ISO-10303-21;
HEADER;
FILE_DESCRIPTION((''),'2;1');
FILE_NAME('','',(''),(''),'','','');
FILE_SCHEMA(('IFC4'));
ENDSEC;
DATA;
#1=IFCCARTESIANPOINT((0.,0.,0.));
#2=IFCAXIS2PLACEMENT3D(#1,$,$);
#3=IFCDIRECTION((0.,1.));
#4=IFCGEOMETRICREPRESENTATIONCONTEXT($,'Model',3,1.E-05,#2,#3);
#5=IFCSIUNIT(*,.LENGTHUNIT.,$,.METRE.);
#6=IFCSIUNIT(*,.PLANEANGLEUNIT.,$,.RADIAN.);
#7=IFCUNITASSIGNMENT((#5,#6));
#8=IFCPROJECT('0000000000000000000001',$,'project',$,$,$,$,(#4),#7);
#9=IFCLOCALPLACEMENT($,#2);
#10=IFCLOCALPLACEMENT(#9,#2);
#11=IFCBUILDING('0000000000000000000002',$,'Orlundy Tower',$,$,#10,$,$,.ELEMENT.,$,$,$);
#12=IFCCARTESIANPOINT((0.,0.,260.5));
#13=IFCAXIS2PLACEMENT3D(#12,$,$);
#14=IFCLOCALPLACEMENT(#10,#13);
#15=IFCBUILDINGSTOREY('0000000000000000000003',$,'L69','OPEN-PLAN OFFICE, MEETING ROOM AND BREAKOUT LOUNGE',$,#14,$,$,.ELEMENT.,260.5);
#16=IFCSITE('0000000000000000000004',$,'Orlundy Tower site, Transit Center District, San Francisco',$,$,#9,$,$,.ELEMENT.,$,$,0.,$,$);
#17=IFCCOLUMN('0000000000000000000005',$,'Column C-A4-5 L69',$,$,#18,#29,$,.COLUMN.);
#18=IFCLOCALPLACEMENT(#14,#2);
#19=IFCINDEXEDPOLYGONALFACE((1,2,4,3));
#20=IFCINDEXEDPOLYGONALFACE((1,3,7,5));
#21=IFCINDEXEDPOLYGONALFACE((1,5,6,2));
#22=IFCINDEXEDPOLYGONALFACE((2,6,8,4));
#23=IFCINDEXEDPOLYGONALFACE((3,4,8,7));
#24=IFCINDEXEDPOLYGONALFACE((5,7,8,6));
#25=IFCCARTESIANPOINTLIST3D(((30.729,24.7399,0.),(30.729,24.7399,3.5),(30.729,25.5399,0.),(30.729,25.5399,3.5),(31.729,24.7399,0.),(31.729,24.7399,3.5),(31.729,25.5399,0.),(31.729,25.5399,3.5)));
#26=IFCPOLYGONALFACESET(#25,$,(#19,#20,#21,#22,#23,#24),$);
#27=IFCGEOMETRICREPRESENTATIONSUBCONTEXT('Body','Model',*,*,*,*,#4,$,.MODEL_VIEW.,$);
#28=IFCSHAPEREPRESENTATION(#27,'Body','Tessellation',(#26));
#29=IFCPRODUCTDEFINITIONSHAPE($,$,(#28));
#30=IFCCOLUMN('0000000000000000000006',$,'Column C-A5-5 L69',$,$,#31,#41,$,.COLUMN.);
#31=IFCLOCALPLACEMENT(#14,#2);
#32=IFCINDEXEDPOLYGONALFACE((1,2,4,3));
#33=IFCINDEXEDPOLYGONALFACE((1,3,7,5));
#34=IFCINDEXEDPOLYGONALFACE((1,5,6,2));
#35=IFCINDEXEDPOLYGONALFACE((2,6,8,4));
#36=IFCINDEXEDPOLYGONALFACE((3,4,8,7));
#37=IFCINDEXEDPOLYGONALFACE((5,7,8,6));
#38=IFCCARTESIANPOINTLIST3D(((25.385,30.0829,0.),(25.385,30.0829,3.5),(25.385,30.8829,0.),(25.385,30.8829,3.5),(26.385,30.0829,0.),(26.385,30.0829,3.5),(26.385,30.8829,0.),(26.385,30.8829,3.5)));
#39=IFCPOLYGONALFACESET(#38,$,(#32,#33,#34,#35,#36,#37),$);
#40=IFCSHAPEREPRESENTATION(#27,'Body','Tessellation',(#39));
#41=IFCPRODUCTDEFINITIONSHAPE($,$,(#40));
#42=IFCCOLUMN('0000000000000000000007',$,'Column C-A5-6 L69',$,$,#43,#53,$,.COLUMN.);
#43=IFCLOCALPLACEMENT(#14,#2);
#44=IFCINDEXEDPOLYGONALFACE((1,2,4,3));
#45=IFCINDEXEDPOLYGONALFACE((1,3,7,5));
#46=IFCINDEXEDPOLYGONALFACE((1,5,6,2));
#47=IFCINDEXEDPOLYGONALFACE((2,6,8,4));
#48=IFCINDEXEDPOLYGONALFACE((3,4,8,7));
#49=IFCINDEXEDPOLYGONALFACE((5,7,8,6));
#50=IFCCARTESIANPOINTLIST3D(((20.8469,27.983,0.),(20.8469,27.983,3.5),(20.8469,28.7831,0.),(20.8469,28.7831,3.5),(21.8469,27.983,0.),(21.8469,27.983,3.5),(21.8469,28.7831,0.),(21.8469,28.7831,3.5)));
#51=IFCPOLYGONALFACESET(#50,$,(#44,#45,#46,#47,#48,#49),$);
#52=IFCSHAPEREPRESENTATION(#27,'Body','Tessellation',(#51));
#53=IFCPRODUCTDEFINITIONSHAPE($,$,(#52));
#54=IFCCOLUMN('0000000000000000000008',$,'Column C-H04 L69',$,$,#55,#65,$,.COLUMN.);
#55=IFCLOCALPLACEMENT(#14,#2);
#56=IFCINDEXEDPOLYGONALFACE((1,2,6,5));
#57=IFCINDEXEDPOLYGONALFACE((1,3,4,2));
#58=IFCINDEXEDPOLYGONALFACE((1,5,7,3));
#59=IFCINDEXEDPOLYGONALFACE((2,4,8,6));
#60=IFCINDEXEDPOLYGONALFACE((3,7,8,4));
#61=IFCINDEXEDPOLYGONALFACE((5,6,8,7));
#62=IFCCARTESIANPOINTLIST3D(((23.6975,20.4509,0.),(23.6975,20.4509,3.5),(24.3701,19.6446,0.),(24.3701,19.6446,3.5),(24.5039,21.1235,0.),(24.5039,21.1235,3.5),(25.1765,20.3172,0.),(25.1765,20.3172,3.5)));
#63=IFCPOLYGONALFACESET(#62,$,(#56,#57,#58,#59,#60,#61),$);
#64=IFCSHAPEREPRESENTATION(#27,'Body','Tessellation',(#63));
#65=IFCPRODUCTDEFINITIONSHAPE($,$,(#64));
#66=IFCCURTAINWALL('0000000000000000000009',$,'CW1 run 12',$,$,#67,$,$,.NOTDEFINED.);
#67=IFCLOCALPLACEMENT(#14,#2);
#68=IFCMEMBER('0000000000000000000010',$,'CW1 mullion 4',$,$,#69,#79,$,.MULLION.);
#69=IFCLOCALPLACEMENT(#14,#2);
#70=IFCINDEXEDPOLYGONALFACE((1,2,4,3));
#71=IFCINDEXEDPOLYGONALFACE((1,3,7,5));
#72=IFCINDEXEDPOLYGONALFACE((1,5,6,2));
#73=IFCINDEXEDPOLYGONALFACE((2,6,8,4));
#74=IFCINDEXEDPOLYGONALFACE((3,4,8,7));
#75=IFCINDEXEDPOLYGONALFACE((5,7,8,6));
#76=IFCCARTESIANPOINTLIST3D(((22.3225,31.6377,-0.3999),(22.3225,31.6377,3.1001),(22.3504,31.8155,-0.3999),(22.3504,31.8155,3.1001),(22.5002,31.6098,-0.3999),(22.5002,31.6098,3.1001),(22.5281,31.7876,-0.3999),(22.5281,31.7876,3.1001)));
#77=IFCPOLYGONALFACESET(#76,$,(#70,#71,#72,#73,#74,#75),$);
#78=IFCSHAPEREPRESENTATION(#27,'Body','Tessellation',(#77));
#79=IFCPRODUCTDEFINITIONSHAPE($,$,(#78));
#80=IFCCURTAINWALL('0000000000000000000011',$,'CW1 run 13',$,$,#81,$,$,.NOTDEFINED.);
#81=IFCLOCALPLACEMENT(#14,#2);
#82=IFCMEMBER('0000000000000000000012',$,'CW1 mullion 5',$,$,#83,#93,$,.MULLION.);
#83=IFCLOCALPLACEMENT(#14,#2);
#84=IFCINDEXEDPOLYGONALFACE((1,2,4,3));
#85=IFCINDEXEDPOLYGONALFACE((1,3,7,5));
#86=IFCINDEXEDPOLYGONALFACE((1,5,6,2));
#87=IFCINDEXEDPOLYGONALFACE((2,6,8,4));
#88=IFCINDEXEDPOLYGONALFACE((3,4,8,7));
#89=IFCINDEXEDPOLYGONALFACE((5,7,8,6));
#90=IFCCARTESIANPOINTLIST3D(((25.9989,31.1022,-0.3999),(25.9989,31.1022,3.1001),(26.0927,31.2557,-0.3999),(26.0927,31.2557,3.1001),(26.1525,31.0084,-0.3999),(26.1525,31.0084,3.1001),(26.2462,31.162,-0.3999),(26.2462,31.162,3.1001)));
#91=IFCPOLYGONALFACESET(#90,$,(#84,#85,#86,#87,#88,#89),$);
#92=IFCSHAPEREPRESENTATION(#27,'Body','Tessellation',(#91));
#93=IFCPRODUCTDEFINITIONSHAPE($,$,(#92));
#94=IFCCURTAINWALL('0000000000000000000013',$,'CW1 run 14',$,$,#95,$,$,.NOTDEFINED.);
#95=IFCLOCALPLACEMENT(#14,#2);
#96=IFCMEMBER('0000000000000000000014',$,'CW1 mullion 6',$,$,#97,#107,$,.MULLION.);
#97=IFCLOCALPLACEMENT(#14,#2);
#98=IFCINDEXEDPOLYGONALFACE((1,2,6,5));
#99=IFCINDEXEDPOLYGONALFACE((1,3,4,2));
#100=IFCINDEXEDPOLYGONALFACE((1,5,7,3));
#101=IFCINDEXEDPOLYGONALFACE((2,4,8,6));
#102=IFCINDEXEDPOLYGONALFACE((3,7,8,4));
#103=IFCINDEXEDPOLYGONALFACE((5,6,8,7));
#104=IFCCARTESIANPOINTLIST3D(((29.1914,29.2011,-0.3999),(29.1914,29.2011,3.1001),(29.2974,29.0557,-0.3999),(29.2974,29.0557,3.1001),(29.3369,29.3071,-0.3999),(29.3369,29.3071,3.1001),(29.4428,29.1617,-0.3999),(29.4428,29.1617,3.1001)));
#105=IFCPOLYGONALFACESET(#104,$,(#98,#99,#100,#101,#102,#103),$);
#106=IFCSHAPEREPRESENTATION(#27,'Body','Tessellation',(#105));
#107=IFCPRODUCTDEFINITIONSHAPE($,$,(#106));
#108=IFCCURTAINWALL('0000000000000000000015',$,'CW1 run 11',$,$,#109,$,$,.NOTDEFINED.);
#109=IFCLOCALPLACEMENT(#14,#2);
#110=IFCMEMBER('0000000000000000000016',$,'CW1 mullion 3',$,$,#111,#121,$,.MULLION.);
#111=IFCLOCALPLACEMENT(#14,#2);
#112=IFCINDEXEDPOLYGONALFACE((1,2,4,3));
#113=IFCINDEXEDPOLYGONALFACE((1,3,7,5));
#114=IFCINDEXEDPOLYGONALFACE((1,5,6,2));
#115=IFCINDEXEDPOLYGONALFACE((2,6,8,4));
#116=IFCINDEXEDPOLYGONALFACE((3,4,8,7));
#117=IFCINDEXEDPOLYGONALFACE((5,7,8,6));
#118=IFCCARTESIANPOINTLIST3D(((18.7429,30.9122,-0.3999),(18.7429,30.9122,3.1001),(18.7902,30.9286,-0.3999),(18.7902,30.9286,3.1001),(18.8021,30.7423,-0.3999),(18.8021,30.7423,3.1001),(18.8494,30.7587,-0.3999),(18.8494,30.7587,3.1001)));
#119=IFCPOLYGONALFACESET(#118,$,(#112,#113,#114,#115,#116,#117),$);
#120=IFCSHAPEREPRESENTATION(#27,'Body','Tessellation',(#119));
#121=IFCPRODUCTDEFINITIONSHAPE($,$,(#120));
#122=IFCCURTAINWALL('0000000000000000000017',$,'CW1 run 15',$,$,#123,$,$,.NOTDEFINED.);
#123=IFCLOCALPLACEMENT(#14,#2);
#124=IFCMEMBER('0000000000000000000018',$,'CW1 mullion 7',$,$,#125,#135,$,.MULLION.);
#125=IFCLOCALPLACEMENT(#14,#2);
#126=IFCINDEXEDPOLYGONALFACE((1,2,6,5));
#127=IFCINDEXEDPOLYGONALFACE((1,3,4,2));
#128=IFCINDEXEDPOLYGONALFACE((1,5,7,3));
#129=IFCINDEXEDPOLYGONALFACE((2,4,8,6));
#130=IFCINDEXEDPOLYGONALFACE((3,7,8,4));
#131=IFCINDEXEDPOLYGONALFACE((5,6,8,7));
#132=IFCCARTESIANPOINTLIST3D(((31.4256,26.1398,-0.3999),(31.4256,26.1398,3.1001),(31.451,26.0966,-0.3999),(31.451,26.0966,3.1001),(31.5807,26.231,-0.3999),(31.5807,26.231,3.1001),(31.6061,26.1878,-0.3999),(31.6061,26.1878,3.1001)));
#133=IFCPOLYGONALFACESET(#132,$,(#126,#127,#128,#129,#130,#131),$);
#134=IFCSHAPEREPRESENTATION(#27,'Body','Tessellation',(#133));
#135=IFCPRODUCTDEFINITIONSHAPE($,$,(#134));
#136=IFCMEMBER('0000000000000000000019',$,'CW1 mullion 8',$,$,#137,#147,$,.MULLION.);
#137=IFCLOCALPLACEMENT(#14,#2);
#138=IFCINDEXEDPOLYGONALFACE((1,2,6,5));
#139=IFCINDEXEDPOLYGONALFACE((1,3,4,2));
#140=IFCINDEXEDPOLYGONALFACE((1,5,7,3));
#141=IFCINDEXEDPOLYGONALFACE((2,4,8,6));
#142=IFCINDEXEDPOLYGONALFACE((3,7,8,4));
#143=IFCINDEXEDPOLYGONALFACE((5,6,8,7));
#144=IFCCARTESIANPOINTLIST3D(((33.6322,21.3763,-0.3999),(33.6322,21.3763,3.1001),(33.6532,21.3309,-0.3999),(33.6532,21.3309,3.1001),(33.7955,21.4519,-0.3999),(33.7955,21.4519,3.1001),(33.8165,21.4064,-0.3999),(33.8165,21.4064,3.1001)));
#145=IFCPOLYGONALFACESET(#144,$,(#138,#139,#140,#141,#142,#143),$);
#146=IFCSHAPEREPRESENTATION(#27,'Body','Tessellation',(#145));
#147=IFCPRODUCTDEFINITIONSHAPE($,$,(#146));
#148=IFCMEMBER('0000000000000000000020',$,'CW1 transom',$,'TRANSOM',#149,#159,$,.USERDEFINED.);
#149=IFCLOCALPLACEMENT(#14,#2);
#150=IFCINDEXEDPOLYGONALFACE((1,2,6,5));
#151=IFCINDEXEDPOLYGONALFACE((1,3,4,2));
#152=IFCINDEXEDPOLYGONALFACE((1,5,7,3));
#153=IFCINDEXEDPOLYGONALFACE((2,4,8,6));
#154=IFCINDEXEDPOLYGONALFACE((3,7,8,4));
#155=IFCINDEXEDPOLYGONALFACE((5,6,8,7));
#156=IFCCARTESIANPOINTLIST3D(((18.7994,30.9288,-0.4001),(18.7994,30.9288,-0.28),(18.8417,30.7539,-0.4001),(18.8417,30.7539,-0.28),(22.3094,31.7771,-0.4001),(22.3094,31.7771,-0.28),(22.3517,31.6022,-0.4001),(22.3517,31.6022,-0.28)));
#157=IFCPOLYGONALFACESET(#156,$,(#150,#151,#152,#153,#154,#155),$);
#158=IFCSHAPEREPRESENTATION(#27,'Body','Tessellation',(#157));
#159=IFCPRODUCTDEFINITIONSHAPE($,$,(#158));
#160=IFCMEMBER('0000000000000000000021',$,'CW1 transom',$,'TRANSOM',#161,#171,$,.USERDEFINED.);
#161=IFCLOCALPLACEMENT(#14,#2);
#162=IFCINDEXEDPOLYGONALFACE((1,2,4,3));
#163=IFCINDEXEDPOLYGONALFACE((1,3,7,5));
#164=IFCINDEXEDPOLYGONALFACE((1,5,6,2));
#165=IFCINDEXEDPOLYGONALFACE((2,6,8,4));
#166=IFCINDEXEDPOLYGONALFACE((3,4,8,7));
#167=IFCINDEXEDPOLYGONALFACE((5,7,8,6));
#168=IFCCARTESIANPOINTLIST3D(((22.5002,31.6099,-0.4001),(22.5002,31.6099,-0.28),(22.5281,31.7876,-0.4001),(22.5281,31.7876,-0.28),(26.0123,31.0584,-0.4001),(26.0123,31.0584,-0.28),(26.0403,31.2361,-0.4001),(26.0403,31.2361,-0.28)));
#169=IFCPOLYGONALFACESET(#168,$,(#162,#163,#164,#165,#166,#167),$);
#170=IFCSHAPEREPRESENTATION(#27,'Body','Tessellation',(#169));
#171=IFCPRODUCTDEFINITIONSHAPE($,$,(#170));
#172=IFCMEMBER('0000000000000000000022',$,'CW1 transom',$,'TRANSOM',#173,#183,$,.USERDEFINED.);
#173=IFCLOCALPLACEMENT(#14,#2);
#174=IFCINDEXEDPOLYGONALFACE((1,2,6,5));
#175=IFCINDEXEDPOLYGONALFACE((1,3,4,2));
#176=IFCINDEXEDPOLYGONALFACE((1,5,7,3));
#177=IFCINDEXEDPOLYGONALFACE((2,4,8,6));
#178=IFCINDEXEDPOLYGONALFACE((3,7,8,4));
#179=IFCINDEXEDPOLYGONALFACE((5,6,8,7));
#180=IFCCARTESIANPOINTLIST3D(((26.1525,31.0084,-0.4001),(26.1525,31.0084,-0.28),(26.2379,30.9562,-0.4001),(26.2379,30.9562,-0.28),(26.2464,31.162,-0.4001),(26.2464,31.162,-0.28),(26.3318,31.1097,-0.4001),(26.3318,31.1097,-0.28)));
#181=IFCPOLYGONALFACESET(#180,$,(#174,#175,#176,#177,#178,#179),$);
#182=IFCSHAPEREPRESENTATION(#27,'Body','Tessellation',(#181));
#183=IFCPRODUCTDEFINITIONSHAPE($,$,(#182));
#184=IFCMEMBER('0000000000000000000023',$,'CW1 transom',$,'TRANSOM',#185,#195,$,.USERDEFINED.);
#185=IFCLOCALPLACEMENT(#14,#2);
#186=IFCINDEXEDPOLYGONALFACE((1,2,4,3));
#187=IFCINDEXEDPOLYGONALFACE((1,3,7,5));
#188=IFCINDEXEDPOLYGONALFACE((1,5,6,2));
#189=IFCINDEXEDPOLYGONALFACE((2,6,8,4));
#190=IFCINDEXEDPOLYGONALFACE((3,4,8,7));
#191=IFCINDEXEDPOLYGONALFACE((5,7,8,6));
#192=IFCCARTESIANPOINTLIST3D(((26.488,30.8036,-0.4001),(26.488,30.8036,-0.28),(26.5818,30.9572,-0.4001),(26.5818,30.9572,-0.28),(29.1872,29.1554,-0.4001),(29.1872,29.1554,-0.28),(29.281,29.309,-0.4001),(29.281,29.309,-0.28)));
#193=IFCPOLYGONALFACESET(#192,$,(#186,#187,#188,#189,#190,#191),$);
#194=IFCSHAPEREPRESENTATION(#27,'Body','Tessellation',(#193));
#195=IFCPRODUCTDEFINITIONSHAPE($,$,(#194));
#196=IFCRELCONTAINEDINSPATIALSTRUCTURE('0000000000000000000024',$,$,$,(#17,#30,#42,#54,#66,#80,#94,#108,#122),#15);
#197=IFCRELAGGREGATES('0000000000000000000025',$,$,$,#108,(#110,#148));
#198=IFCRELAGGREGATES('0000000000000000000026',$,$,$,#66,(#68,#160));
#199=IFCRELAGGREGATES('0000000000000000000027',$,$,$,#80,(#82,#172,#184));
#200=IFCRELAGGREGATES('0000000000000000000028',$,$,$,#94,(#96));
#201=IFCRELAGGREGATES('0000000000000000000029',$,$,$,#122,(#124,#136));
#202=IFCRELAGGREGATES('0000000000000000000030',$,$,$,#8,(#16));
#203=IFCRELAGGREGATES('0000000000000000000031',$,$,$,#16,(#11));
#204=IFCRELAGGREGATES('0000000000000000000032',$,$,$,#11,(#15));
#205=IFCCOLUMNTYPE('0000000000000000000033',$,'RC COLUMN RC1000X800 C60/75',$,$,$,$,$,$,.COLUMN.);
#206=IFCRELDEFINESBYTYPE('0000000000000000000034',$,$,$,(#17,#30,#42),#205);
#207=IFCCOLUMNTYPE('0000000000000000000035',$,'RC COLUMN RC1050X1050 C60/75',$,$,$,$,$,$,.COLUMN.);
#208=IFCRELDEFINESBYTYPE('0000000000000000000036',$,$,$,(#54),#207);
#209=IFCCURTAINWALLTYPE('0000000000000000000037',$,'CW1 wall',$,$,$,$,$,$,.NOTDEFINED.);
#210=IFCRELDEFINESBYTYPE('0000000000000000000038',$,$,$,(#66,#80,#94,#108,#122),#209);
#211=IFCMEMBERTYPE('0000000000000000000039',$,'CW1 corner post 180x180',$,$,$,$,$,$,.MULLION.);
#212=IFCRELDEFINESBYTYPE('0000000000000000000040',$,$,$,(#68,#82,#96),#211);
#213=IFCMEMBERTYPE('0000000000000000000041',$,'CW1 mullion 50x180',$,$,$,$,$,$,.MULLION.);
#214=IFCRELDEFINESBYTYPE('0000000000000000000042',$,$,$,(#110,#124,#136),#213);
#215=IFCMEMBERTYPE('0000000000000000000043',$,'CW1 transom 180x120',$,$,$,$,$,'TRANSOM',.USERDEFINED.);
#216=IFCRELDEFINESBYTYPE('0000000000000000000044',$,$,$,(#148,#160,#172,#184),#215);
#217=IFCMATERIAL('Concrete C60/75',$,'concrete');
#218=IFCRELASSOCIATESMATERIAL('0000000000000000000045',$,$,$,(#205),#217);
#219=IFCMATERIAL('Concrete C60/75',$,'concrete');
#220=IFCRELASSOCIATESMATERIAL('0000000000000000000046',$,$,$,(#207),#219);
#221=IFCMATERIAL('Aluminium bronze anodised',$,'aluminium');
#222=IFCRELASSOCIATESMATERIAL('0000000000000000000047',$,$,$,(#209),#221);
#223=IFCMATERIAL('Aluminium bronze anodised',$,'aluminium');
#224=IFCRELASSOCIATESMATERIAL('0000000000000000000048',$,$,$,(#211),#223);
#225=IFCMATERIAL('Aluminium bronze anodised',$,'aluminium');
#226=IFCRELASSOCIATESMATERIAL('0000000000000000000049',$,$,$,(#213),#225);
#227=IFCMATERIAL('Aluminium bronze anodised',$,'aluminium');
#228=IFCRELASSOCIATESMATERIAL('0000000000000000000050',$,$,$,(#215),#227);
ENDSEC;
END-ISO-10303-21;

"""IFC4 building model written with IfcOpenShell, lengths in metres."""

from ifc_helpers import new_model, si_unit, direction, frame, origin, origin_2d, place, context, subcontext, project, spatial, rectangle, extrude, material, material_profile, profile_set, type_object, element, aggregate, save


model = new_model("IFC4")

# Units and contexts
model_context = context("Model", 3, precision=1e-05, world=origin(), true_north=direction((0.0, 1.0)))
body_context = subcontext(model_context, "Body", "Model", "MODEL_VIEW")
ifc_project = project(units=[si_unit("LENGTHUNIT", "METRE"), si_unit("PLANEANGLEUNIT", "RADIAN")], contexts=[model_context])

# Site, building, storey
site_placement = place(None, origin())
site = spatial("IfcSite", under=ifc_project, at=site_placement, Name="Orlundy Tower site, Transit Center District, San Francisco", CompositionType="ELEMENT", RefElevation=0.0)
building_placement = place(site_placement, origin())
building = spatial("IfcBuilding", under=site, at=building_placement, Name="Orlundy Tower", CompositionType="ELEMENT")
storey_placement = place(building_placement, frame((0.0, 0.0, 260.5)))
storey = spatial("IfcBuildingStorey", under=building, at=storey_placement, Name="L69", Description="OPEN-PLAN OFFICE, MEETING ROOM AND BREAKOUT LOUNGE", CompositionType="ELEMENT", Elevation=260.5)

# Columns
ifc_material_1 = material(Name="Concrete C60/75", Category="concrete")
ifc_material_profile_1 = material_profile(ifc_material_1, rectangle(XDim=1.0, YDim=0.8, at=origin_2d()), Name="RC1000X800")
ifc_profile_set_1 = profile_set([ifc_material_profile_1], Name="Concrete C60/75")
column_type_1 = type_object("IfcColumnType", Name="RC COLUMN RC1000X800 C60/75", PredefinedType="COLUMN", material=ifc_profile_set_1)
for number, where, z_axis, x_axis, name in (
    (1, (31.229, 25.1399, 0.0), (0.0, 0.0, 1.0), (1.0, 0.0, 0.0), "Column C-A4-5 L69"),
    (2, (25.885, 30.4829, 0.0), (0.0, 0.0, 1.0), (1.0, 0.0, 0.0), "Column C-A5-5 L69"),
    (3, (21.3469, 28.3831, 0.0), (0.0, 0.0, 1.0), (1.0, 0.0, 0.0), "Column C-A5-6 L69"),
):
    element("IfcColumn", number, at=place(storey_placement, frame(where, z_axis=z_axis, x_axis=x_axis)), inside=storey, type_object=column_type_1, Name=name, PredefinedType="COLUMN", context=body_context, shape_type="SweptSolid", body=[
        extrude(rectangle(XDim=1.0, YDim=0.8, at=origin_2d()), origin(), (0.0, 0.0, 1.0), 3.5),
    ])
ifc_material_2 = material(Name="Concrete C60/75", Category="concrete")
ifc_material_profile_2 = material_profile(ifc_material_2, rectangle(XDim=1.05, YDim=1.05, at=origin_2d()), Name="RC1050X1050")
ifc_profile_set_2 = profile_set([ifc_material_profile_2], Name="Concrete C60/75")
column_type_2 = type_object("IfcColumnType", Name="RC COLUMN RC1050X1050 C60/75", PredefinedType="COLUMN", material=ifc_profile_set_2)
column_placement = place(storey_placement, frame((24.437, 20.384, 0.0), z_axis=(0.0, 0.0, 1.0), x_axis=(0.767915, 0.640552, 0.0)))
element("IfcColumn", 4, at=column_placement, inside=storey, type_object=column_type_2, Name="Column C-H04 L69", PredefinedType="COLUMN", context=body_context, shape_type="SweptSolid", body=[
    extrude(rectangle(XDim=1.05, YDim=1.05, at=origin_2d()), origin(), (0.0, 0.0, 1.0), 3.5),
])

# Curtain walls, members
ifc_material_3 = material(Name="Aluminium bronze anodised", Category="aluminium")
curtain_wall_type = type_object("IfcCurtainWallType", Name="CW1 wall", PredefinedType="NOTDEFINED", material=ifc_material_3)
curtain_wall_1_placement = place(storey_placement, origin())
curtain_wall_1 = element("IfcCurtainWall", 5, at=curtain_wall_1_placement, inside=storey, type_object=curtain_wall_type, Name="CW1 run 12", PredefinedType="NOTDEFINED")
ifc_material_4 = material(Name="Aluminium bronze anodised", Category="aluminium")
ifc_material_profile_3 = material_profile(ifc_material_4, rectangle(XDim=0.1799, YDim=0.1799, at=origin_2d()), Name="CW1 corner post 180x180")
ifc_profile_set_3 = profile_set([ifc_material_profile_3], Name="Aluminium bronze anodised")
member_type_1 = type_object("IfcMemberType", Name="CW1 corner post 180x180", PredefinedType="MULLION", material=ifc_profile_set_3)
member_1_placement = place(storey_placement, frame((22.4253, 31.7126, -0.3999), z_axis=(0.0, 0.0, 1.0), x_axis=(0.155117, 0.987896, 0.0)))
member_1 = element("IfcMember", 6, at=member_1_placement, type_object=member_type_1, Name="CW1 mullion 4", PredefinedType="MULLION", context=body_context, shape_type="SweptSolid", body=[
    extrude(rectangle(XDim=0.1799, YDim=0.1799, at=origin_2d()), origin(), (0.0, 0.0, 1.0), 3.5),
])
curtain_wall_2_placement = place(storey_placement, origin())
curtain_wall_2 = element("IfcCurtainWall", 7, at=curtain_wall_2_placement, inside=storey, type_object=curtain_wall_type, Name="CW1 run 13", PredefinedType="NOTDEFINED")
member_2_placement = place(storey_placement, frame((26.1226, 31.1321, -0.3999), z_axis=(0.0, 0.0, 1.0), x_axis=(0.521144, 0.853468, 0.0)))
member_2 = element("IfcMember", 8, at=member_2_placement, type_object=member_type_1, Name="CW1 mullion 5", PredefinedType="MULLION", context=body_context, shape_type="SweptSolid", body=[
    extrude(rectangle(XDim=0.1799, YDim=0.1799, at=origin_2d()), origin(), (0.0, 0.0, 1.0), 3.5),
])
curtain_wall_3_placement = place(storey_placement, origin())
curtain_wall_3 = element("IfcCurtainWall", 9, at=curtain_wall_3_placement, inside=storey, type_object=curtain_wall_type, Name="CW1 run 14", PredefinedType="NOTDEFINED")
member_3_placement = place(storey_placement, frame((29.3171, 29.1814, -0.3999), z_axis=(0.0, 0.0, 1.0), x_axis=(0.808211, 0.588893, 0.0)))
member_3 = element("IfcMember", 10, at=member_3_placement, type_object=member_type_1, Name="CW1 mullion 6", PredefinedType="MULLION", context=body_context, shape_type="SweptSolid", body=[
    extrude(rectangle(XDim=0.1799, YDim=0.1799, at=origin_2d()), origin(), (0.0, 0.0, 1.0), 3.5),
])
curtain_wall_4_placement = place(storey_placement, origin())
curtain_wall_4 = element("IfcCurtainWall", 11, at=curtain_wall_4_placement, inside=storey, type_object=curtain_wall_type, Name="CW1 run 11", PredefinedType="NOTDEFINED")
ifc_material_5 = material(Name="Aluminium bronze anodised", Category="aluminium")
ifc_material_profile_4 = material_profile(ifc_material_5, rectangle(XDim=0.1799, YDim=0.05, at=origin_2d()), Name="CW1 mullion 50x180")
ifc_profile_set_4 = profile_set([ifc_material_profile_4], Name="Aluminium bronze anodised")
member_type_2 = type_object("IfcMemberType", Name="CW1 mullion 50x180", PredefinedType="MULLION", material=ifc_profile_set_4)
member_4_placement = place(storey_placement, frame((18.7961, 30.8354, -0.3999), z_axis=(0.0, 0.0, 1.0), x_axis=(-0.329058, 0.94431, 0.0)))
member_4 = element("IfcMember", 12, at=member_4_placement, type_object=member_type_2, Name="CW1 mullion 3", PredefinedType="MULLION", context=body_context, shape_type="SweptSolid", body=[
    extrude(rectangle(XDim=0.1799, YDim=0.05, at=origin_2d()), origin(), (0.0, 0.0, 1.0), 3.5),
])

# Curtain wall, members
curtain_wall_5_placement = place(storey_placement, origin())
curtain_wall_5 = element("IfcCurtainWall", 13, at=curtain_wall_5_placement, inside=storey, type_object=curtain_wall_type, Name="CW1 run 15", PredefinedType="NOTDEFINED")
member_5_placement = place(storey_placement, frame((31.5159, 26.1638, -0.3999), z_axis=(0.0, 0.0, 1.0), x_axis=(0.862025, 0.506866, 0.0)))
member_5 = element("IfcMember", 14, at=member_5_placement, type_object=member_type_2, Name="CW1 mullion 7", PredefinedType="MULLION", context=body_context, shape_type="SweptSolid", body=[
    extrude(rectangle(XDim=0.1799, YDim=0.05, at=origin_2d()), origin(), (0.0, 0.0, 1.0), 3.5),
])
member_6_placement = place(storey_placement, frame((33.7244, 21.3914, -0.3999), z_axis=(0.0, 0.0, 1.0), x_axis=(0.907542, 0.419961, 0.0)))
member_6 = element("IfcMember", 15, at=member_6_placement, type_object=member_type_2, Name="CW1 mullion 8", PredefinedType="MULLION", context=body_context, shape_type="SweptSolid", body=[
    extrude(rectangle(XDim=0.1799, YDim=0.05, at=origin_2d()), origin(), (0.0, 0.0, 1.0), 3.5),
])

# Members
ifc_material_6 = material(Name="Aluminium bronze anodised", Category="aluminium")
ifc_material_profile_5 = material_profile(ifc_material_6, rectangle(XDim=0.1799, YDim=0.1201, at=origin_2d()), Name="CW1 transom 180x120")
ifc_profile_set_5 = profile_set([ifc_material_profile_5], Name="Aluminium bronze anodised")
member_type_3 = type_object("IfcMemberType", Name="CW1 transom 180x120", ElementType="TRANSOM", PredefinedType="USERDEFINED", material=ifc_profile_set_5)
member_7_placement = place(storey_placement, frame((18.8206, 30.8413, -0.3401), z_axis=(0.97201, 0.23494, 0.0), x_axis=(-0.23494, 0.97201, 0.0)))
member_7 = element("IfcMember", 16, at=member_7_placement, type_object=member_type_3, Name="CW1 transom", ObjectType="TRANSOM", PredefinedType="USERDEFINED", context=body_context, shape_type="SweptSolid", body=[
    extrude(rectangle(XDim=0.1799, YDim=0.1201, at=origin_2d()), origin(), (0.0, 0.0, 1.0), 3.6111),
])
member_8_placement = place(storey_placement, frame((22.5142, 31.6987, -0.3401), z_axis=(0.987895, -0.155127, 0.0), x_axis=(0.155127, 0.987895, 0.0)))
member_8 = element("IfcMember", 17, at=member_8_placement, type_object=member_type_3, Name="CW1 transom", ObjectType="TRANSOM", PredefinedType="USERDEFINED", context=body_context, shape_type="SweptSolid", body=[
    extrude(rectangle(XDim=0.1799, YDim=0.1201, at=origin_2d()), origin(), (0.0, 0.0, 1.0), 3.5552),
])
member_9_placement = place(storey_placement, frame((26.1995, 31.0852, -0.3401), z_axis=(0.853161, -0.521647, 0.0), x_axis=(0.521647, 0.853161, 0.0)))
member_9 = element("IfcMember", 18, at=member_9_placement, type_object=member_type_3, Name="CW1 transom", ObjectType="TRANSOM", PredefinedType="USERDEFINED", context=body_context, shape_type="SweptSolid", body=[
    extrude(rectangle(XDim=0.1799, YDim=0.1201, at=origin_2d()), origin(), (0.0, 0.0, 1.0), 0.1001),
])
member_10_placement = place(storey_placement, frame((26.5349, 30.8804, -0.3401), z_axis=(0.853469, -0.521144, 0.0), x_axis=(0.521144, 0.853469, 0.0)))
member_10 = element("IfcMember", 19, at=member_10_placement, type_object=member_type_3, Name="CW1 transom", ObjectType="TRANSOM", PredefinedType="USERDEFINED", context=body_context, shape_type="SweptSolid", body=[
    extrude(rectangle(XDim=0.1799, YDim=0.1201, at=origin_2d()), origin(), (0.0, 0.0, 1.0), 3.1626),
])

aggregate(curtain_wall_4, [member_4, member_7])
aggregate(curtain_wall_1, [member_1, member_8])
aggregate(curtain_wall_2, [member_2, member_9, member_10])
aggregate(curtain_wall_3, [member_3])
aggregate(curtain_wall_5, [member_5, member_6])

save(model, "model.ifc")
